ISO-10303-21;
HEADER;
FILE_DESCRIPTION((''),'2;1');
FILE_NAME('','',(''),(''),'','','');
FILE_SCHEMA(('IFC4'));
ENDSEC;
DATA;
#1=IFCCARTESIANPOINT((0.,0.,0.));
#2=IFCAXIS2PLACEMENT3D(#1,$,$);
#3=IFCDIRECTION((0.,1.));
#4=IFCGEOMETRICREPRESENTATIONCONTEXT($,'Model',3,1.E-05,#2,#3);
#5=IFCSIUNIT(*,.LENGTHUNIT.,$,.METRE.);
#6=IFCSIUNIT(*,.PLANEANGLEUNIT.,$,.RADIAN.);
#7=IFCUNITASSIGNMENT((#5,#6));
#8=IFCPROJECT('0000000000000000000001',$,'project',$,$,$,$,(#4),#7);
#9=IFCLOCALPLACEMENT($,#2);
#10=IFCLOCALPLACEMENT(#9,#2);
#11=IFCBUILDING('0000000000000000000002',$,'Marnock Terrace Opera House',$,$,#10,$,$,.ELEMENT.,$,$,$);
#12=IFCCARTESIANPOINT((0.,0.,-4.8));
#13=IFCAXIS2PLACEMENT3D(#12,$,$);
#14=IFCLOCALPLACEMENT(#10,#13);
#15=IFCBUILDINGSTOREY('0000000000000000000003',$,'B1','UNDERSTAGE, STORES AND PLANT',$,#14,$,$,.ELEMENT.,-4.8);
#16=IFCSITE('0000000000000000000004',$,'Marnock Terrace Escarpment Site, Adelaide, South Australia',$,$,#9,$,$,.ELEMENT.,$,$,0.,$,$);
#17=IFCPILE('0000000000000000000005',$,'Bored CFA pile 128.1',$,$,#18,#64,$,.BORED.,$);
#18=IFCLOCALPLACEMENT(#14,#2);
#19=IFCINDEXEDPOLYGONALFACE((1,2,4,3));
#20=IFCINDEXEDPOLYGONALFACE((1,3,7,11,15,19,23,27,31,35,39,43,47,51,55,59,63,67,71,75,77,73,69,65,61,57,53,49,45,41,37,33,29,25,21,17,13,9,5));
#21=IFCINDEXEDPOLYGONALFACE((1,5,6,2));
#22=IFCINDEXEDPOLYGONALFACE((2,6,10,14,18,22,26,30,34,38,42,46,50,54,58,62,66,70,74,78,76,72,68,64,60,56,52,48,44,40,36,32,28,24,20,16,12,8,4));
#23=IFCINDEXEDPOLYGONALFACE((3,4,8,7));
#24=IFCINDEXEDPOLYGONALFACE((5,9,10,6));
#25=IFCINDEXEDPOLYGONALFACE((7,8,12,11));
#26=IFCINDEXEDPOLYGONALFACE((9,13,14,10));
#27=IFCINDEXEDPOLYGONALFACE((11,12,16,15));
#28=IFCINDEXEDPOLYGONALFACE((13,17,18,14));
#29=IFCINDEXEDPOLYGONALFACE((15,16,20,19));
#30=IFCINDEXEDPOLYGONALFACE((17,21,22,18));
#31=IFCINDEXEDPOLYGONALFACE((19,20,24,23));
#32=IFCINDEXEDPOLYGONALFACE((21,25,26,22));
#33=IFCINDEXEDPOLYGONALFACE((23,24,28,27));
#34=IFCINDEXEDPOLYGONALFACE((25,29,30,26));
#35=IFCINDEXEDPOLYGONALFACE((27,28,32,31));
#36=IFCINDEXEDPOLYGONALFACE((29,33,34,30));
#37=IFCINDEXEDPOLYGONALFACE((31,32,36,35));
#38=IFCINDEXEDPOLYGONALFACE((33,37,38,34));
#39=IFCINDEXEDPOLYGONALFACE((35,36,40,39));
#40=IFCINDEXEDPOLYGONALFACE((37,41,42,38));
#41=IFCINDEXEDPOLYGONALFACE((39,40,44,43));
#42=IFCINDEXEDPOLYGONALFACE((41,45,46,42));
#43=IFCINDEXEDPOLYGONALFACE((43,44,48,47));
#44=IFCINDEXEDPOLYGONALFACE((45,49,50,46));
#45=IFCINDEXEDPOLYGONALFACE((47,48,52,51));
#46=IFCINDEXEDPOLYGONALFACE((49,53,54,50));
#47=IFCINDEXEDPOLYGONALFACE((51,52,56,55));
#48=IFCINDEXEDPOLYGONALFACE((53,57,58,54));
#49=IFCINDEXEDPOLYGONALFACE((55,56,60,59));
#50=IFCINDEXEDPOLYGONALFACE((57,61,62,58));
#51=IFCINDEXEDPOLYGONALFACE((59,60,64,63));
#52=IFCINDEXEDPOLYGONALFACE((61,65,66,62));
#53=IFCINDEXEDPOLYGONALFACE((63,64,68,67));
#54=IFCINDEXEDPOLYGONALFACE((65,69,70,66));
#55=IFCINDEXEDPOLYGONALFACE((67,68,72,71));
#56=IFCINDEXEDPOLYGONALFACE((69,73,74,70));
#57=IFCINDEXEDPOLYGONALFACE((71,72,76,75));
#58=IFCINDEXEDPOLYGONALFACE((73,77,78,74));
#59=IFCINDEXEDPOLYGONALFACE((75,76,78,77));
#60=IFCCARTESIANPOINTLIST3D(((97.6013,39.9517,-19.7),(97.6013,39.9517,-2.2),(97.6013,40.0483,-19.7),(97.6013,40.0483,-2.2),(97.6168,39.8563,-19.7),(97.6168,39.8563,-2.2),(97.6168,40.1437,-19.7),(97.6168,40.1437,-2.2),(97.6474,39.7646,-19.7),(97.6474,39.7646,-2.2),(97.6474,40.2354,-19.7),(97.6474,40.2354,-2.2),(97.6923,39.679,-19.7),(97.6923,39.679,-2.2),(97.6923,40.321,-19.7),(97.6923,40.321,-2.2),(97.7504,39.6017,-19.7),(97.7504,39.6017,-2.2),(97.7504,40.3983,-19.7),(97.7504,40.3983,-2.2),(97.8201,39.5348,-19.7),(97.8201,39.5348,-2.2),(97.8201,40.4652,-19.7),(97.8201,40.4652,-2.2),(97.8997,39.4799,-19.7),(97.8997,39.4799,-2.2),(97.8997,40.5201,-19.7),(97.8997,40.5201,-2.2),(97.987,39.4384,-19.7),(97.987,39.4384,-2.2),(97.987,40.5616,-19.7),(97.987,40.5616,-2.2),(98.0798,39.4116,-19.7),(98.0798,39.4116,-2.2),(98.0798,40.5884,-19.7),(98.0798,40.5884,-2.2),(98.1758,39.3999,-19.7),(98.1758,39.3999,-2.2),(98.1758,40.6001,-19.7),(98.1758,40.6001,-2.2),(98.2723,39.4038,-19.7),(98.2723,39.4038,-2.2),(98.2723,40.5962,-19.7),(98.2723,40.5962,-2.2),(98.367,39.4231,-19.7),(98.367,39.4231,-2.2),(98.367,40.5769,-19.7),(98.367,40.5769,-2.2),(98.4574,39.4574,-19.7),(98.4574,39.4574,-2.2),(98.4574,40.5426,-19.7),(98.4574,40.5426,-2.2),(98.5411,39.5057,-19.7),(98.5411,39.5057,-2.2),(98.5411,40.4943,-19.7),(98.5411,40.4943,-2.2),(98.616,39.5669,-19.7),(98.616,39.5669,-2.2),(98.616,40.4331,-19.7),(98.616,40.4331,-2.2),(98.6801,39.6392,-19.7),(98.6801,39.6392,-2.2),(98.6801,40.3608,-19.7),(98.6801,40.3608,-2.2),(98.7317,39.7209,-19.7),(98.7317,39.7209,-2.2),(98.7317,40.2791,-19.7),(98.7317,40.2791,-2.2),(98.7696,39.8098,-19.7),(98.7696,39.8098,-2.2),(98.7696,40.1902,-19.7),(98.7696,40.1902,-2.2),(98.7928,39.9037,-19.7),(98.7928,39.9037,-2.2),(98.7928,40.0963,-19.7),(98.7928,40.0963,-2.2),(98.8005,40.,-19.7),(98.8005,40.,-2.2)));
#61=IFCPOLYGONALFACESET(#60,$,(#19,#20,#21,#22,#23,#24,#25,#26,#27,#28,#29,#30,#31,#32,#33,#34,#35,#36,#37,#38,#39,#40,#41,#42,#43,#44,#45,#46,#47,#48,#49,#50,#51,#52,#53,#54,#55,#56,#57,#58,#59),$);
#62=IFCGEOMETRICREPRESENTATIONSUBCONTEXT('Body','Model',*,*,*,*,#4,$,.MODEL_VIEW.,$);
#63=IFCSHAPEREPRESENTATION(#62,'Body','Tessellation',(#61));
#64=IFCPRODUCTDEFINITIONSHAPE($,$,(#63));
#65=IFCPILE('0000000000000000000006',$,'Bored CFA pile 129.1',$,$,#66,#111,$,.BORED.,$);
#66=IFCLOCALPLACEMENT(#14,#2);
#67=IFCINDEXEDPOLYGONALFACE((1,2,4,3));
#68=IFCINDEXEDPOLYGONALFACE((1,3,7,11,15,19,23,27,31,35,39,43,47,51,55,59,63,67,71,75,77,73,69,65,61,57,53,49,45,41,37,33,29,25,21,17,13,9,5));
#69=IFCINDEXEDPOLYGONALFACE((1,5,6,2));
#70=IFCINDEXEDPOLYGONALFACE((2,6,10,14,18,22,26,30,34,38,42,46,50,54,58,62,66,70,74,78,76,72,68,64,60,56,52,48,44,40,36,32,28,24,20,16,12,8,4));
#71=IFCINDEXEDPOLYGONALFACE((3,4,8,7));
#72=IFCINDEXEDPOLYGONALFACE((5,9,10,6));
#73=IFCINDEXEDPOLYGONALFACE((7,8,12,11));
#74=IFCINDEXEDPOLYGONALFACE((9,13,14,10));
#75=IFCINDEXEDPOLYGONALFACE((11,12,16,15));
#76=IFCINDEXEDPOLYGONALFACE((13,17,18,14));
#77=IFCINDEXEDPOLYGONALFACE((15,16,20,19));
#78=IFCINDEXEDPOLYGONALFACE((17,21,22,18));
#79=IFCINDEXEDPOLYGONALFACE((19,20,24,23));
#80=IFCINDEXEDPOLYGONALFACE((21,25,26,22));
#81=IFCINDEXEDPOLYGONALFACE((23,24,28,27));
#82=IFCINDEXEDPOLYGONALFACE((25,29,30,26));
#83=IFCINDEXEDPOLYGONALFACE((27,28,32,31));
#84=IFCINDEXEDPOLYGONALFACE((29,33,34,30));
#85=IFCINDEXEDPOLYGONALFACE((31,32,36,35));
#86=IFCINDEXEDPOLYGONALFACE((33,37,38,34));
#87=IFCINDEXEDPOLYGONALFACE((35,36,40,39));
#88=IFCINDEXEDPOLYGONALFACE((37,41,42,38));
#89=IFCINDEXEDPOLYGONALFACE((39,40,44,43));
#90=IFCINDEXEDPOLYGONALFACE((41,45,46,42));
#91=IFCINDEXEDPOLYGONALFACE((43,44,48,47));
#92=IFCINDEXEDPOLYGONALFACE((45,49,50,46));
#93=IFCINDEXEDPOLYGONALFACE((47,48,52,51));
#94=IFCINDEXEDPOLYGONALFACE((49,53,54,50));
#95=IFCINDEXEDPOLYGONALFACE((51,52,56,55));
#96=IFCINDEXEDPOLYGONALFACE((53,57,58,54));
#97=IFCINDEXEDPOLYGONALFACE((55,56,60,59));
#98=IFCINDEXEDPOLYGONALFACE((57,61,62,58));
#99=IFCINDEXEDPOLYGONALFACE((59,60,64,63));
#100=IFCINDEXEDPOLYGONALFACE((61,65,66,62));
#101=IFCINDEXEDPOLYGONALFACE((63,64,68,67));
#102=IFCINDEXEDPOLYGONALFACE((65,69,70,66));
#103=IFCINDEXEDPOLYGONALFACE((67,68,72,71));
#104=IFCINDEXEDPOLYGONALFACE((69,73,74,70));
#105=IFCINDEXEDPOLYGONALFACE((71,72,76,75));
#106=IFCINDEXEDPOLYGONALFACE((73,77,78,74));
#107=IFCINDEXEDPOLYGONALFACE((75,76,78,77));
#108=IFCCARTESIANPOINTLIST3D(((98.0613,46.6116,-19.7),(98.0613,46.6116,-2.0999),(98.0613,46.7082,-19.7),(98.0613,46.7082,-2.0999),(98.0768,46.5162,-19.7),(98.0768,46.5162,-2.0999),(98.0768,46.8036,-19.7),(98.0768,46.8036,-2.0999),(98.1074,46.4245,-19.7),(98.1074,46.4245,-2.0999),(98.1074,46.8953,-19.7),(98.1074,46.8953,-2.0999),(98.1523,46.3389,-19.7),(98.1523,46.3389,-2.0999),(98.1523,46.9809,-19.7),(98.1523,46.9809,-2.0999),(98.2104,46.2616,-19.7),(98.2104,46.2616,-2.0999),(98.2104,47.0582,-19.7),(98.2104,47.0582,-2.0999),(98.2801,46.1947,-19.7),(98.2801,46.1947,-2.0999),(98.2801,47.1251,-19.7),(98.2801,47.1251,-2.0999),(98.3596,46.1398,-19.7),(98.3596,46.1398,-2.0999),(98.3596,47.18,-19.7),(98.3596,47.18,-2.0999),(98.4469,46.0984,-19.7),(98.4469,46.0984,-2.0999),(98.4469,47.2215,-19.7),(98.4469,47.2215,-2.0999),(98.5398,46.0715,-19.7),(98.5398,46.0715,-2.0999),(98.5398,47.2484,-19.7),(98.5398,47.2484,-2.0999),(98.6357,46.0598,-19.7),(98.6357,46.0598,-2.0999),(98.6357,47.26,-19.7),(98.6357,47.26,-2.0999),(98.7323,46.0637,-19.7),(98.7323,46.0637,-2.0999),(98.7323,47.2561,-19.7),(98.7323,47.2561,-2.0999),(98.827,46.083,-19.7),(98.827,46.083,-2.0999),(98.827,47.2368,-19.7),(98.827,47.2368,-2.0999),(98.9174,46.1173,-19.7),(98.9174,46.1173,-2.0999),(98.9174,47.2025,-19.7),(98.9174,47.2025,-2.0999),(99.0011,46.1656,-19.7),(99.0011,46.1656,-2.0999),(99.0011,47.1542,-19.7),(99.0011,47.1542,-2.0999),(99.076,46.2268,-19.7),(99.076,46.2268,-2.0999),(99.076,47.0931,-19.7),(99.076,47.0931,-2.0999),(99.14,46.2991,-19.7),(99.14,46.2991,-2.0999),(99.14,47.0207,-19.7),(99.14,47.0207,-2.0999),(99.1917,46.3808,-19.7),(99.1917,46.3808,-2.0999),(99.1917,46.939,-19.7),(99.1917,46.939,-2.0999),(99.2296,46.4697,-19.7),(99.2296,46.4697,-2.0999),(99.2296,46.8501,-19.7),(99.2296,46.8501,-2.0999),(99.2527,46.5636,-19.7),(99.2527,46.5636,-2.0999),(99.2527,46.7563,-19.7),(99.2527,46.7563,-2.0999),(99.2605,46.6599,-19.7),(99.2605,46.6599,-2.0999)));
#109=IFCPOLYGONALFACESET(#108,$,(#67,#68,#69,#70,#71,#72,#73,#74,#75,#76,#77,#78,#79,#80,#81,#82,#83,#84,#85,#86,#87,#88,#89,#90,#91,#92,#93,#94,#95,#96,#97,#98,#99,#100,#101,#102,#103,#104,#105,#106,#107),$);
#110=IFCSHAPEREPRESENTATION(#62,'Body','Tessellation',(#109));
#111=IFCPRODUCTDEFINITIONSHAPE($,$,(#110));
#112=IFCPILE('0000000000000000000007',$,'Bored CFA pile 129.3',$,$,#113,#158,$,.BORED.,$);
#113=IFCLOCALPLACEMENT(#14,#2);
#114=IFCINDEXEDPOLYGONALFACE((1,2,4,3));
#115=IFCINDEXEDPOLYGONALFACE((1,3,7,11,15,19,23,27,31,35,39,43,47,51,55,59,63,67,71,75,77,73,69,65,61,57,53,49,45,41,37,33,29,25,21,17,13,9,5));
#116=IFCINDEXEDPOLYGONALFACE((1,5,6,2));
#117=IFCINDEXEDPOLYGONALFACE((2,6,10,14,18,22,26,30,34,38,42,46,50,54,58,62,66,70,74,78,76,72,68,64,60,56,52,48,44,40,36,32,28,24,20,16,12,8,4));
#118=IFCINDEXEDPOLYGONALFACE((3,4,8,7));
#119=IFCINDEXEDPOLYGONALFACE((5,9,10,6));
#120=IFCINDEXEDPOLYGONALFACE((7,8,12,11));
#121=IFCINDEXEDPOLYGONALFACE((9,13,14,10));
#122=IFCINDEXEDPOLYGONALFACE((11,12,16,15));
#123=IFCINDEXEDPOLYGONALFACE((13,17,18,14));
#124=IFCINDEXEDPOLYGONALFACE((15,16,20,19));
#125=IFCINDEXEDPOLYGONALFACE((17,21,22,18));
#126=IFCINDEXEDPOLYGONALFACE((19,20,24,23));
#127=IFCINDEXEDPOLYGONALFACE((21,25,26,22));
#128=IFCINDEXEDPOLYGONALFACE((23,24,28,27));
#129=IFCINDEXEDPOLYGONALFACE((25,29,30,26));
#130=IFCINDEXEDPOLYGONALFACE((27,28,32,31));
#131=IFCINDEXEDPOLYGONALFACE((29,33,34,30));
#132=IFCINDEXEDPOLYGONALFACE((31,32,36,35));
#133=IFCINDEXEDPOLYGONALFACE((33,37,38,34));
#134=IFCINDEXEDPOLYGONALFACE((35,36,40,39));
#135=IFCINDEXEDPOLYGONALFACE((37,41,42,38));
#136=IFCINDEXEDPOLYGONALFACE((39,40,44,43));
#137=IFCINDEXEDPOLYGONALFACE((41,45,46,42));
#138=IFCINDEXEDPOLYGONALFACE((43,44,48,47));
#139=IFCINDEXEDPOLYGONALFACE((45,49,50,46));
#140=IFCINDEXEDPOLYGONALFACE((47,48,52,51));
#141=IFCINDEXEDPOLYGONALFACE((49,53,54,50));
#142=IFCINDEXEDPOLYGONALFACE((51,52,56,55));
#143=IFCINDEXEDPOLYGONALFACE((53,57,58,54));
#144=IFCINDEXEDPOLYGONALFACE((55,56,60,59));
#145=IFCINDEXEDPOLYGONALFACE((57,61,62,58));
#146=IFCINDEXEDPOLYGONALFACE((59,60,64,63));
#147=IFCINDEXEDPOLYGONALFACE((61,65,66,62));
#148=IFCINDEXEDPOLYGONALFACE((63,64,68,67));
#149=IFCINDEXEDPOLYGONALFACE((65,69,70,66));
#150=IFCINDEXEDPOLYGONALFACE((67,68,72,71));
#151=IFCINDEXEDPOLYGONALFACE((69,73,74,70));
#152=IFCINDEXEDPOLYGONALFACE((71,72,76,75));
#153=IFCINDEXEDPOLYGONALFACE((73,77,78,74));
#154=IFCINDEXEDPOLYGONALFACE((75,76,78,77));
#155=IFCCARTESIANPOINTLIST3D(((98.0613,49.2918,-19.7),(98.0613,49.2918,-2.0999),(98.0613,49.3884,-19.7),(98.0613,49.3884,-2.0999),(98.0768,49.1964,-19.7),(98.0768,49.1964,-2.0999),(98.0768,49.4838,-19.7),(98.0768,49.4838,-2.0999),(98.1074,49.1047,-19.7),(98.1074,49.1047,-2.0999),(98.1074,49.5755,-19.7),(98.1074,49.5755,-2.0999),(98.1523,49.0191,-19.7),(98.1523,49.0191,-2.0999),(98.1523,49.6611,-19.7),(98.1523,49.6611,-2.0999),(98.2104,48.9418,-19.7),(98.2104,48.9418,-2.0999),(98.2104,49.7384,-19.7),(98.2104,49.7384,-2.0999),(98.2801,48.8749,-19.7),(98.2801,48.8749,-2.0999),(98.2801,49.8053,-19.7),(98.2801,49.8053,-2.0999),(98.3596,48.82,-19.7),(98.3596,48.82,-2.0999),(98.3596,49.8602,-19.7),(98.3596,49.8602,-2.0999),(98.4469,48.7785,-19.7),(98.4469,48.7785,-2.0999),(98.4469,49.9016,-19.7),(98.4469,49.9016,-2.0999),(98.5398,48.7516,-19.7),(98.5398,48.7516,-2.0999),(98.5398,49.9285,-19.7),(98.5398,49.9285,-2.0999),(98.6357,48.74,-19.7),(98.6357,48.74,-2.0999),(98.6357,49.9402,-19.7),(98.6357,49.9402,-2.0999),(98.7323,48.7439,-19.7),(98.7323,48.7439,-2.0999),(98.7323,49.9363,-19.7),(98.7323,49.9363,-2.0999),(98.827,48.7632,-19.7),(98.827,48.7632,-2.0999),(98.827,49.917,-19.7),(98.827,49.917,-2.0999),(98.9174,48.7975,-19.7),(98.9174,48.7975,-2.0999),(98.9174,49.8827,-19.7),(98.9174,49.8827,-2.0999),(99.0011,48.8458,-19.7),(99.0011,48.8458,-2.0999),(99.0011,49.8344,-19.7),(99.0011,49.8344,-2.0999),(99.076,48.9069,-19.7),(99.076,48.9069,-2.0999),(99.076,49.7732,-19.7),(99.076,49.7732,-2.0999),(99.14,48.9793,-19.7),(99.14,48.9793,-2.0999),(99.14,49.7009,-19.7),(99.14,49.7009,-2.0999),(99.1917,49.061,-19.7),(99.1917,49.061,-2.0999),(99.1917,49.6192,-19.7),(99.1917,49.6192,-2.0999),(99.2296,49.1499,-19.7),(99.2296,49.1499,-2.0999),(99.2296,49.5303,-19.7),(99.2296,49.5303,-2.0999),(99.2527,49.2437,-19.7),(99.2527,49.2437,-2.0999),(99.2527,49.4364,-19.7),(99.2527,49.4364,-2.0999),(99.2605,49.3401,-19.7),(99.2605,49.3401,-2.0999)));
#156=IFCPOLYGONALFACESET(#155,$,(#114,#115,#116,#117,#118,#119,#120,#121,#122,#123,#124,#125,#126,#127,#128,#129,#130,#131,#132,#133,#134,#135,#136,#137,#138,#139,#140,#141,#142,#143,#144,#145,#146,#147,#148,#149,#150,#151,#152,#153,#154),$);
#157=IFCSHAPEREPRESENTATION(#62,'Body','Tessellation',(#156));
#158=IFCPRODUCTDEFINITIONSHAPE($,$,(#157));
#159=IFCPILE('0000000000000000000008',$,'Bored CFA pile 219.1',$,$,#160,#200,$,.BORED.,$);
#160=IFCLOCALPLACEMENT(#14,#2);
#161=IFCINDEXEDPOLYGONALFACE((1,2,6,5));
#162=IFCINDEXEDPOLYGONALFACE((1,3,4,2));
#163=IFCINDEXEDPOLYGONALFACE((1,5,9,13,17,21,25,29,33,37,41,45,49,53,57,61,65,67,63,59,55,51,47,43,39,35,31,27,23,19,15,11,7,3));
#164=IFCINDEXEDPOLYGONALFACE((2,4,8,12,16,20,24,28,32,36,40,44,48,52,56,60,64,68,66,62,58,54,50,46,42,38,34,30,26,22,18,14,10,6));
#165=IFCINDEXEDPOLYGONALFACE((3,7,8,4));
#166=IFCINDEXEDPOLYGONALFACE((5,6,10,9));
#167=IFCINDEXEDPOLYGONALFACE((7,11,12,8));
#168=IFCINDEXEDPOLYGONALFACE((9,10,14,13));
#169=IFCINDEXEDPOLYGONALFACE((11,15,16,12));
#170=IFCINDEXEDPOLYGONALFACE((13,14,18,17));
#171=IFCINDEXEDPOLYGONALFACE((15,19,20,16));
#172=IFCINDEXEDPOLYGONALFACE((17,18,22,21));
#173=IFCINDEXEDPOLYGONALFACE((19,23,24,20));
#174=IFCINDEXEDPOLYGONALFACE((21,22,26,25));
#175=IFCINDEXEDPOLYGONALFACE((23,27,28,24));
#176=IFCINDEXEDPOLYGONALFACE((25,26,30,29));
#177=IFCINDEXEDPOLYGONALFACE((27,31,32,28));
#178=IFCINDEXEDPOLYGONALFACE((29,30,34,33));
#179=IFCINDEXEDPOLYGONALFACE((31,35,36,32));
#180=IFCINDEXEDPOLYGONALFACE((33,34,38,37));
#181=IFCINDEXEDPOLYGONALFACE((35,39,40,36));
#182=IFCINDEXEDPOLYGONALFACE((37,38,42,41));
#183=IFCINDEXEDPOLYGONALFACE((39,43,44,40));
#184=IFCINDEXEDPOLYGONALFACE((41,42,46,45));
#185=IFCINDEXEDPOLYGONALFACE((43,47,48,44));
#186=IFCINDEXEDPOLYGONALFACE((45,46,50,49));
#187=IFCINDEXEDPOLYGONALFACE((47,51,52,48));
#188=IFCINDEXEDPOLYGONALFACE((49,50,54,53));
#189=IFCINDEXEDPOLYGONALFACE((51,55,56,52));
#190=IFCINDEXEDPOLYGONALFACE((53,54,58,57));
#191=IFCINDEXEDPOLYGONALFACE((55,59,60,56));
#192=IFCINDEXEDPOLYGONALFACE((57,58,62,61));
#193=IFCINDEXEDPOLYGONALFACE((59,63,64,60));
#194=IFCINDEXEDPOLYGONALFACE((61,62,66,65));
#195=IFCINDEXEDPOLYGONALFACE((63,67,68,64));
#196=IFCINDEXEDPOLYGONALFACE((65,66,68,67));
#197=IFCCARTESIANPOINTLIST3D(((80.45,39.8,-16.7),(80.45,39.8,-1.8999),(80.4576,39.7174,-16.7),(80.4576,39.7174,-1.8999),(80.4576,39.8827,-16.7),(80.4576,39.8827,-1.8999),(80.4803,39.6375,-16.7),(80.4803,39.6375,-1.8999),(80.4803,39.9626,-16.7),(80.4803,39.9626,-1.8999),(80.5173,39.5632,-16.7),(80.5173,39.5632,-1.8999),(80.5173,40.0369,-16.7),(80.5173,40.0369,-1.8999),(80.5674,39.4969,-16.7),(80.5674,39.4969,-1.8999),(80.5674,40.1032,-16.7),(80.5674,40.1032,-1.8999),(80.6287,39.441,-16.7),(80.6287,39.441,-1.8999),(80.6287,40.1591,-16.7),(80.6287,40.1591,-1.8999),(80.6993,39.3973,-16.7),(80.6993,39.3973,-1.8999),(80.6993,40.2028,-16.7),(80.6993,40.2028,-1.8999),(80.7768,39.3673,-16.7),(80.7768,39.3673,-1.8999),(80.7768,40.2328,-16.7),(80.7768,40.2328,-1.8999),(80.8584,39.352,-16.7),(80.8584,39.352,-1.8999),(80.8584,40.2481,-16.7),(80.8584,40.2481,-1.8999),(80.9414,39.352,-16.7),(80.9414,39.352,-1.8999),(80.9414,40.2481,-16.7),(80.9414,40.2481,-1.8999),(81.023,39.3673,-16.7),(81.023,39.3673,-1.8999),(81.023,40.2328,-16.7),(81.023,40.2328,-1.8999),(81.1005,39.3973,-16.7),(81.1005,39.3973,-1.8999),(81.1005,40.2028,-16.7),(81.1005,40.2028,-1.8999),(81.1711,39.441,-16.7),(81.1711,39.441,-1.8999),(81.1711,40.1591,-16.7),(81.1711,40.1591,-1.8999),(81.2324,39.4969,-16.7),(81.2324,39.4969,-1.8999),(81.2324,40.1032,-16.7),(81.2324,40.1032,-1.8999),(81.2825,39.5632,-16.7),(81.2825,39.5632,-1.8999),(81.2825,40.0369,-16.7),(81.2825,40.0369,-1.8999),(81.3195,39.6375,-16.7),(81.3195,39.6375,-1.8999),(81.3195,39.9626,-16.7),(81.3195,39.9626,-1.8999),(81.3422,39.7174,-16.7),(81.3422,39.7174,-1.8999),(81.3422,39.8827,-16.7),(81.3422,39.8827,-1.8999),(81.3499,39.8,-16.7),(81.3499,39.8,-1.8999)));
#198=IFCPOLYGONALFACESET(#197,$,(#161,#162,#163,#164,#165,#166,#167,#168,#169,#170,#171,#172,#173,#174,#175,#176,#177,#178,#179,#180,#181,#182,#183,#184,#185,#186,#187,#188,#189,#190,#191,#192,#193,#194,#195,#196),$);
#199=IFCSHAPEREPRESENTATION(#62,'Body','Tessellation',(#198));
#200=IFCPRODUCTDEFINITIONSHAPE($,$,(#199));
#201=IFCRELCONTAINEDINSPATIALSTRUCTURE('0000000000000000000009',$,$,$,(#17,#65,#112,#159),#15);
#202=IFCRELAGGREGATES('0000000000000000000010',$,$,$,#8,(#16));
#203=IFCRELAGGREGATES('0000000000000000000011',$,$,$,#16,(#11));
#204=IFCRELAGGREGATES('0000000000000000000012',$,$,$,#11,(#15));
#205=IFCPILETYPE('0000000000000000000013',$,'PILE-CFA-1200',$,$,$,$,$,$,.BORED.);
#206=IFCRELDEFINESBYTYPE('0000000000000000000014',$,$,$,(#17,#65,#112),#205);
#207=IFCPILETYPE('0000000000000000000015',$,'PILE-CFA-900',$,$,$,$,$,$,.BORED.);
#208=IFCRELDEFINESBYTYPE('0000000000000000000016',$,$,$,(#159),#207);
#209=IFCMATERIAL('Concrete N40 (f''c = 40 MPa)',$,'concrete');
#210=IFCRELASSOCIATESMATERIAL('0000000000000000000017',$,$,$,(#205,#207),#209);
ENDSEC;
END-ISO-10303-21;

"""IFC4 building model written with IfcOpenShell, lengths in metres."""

from ifc_helpers import new_model, si_unit, direction, frame, origin, origin_2d, place, context, subcontext, project, spatial, circle, extrude, material, material_profile, profile_set, type_object, element, save


model = new_model("IFC4")

# Units and contexts
model_context = context("Model", 3, precision=1e-05, world=origin(), true_north=direction((0.0, 1.0)))
body_context = subcontext(model_context, "Body", "Model", "MODEL_VIEW")
ifc_project = project(units=[si_unit("LENGTHUNIT", "METRE"), si_unit("PLANEANGLEUNIT", "RADIAN")], contexts=[model_context])

# Site, building, storey
site_placement = place(None, origin())
site = spatial("IfcSite", under=ifc_project, at=site_placement, Name="Marnock Terrace Escarpment Site, Adelaide, South Australia", CompositionType="ELEMENT", RefElevation=0.0)
building_placement = place(site_placement, origin())
building = spatial("IfcBuilding", under=site, at=building_placement, Name="Marnock Terrace Opera House", CompositionType="ELEMENT")
storey_placement = place(building_placement, frame((0.0, 0.0, -4.8)))
storey = spatial("IfcBuildingStorey", under=building, at=storey_placement, Name="B1", Description="UNDERSTAGE, STORES AND PLANT", CompositionType="ELEMENT", Elevation=-4.8)

# Shared definitions
ifc_material_1 = material(Name="Concrete N40 (f'c = 40 MPa)", Category="concrete")

# Piles
ifc_material_profile_1 = material_profile(ifc_material_1, circle(Radius=0.6006, at=origin_2d()))
ifc_profile_set_1 = profile_set([ifc_material_profile_1], Name="Concrete N40 (f'c = 40 MPa)")
pile_type_1 = type_object("IfcPileType", Name="PILE-CFA-1200", PredefinedType="BORED", material=ifc_profile_set_1)
pile_placement = place(storey_placement, frame((98.2, 40.0, -2.2), z_axis=(0.0, 0.0, -1.0), x_axis=(1.0, 0.0, 0.0)))
element("IfcPile", 1, at=pile_placement, inside=storey, type_object=pile_type_1, Name="Bored CFA pile 128.1", PredefinedType="BORED", context=body_context, shape_type="SweptSolid", body=[
    extrude(circle(Radius=0.6006, at=origin_2d()), origin(), (0.0, 0.0, 1.0), 17.5),
])
for number, where, z_axis, x_axis, name in (
    (2, (98.6599, 46.6599, -2.0999), (0.0, 0.0, -1.0), (1.0, 0.0, 0.0), "Bored CFA pile 129.1"),
    (3, (98.6599, 49.3401, -2.0999), (0.0, 0.0, -1.0), (1.0, 0.0, 0.0), "Bored CFA pile 129.3"),
):
    element("IfcPile", number, at=place(storey_placement, frame(where, z_axis=z_axis, x_axis=x_axis)), inside=storey, type_object=pile_type_1, Name=name, PredefinedType="BORED", context=body_context, shape_type="SweptSolid", body=[
        extrude(circle(Radius=0.6006, at=origin_2d()), origin(), (0.0, 0.0, 1.0), 17.6001),
    ])
ifc_material_profile_2 = material_profile(ifc_material_1, circle(Radius=0.45, at=origin_2d()))
ifc_profile_set_2 = profile_set([ifc_material_profile_2], Name="Concrete N40 (f'c = 40 MPa)")
pile_type_2 = type_object("IfcPileType", Name="PILE-CFA-900", PredefinedType="BORED", material=ifc_profile_set_2)
for number, where, z_axis, x_axis, name in (
    (4, (80.8999, 39.8, -1.8999), (0.0, 0.0, -1.0), (1.0, 0.0, 0.0), "Bored CFA pile 219.1"),
):
    element("IfcPile", number, at=place(storey_placement, frame(where, z_axis=z_axis, x_axis=x_axis)), inside=storey, type_object=pile_type_2, Name=name, PredefinedType="BORED", context=body_context, shape_type="SweptSolid", body=[
        extrude(circle(Radius=0.45, at=origin_2d()), origin(), (0.0, 0.0, 1.0), 14.8),
    ])

save(model, "model.ifc")
